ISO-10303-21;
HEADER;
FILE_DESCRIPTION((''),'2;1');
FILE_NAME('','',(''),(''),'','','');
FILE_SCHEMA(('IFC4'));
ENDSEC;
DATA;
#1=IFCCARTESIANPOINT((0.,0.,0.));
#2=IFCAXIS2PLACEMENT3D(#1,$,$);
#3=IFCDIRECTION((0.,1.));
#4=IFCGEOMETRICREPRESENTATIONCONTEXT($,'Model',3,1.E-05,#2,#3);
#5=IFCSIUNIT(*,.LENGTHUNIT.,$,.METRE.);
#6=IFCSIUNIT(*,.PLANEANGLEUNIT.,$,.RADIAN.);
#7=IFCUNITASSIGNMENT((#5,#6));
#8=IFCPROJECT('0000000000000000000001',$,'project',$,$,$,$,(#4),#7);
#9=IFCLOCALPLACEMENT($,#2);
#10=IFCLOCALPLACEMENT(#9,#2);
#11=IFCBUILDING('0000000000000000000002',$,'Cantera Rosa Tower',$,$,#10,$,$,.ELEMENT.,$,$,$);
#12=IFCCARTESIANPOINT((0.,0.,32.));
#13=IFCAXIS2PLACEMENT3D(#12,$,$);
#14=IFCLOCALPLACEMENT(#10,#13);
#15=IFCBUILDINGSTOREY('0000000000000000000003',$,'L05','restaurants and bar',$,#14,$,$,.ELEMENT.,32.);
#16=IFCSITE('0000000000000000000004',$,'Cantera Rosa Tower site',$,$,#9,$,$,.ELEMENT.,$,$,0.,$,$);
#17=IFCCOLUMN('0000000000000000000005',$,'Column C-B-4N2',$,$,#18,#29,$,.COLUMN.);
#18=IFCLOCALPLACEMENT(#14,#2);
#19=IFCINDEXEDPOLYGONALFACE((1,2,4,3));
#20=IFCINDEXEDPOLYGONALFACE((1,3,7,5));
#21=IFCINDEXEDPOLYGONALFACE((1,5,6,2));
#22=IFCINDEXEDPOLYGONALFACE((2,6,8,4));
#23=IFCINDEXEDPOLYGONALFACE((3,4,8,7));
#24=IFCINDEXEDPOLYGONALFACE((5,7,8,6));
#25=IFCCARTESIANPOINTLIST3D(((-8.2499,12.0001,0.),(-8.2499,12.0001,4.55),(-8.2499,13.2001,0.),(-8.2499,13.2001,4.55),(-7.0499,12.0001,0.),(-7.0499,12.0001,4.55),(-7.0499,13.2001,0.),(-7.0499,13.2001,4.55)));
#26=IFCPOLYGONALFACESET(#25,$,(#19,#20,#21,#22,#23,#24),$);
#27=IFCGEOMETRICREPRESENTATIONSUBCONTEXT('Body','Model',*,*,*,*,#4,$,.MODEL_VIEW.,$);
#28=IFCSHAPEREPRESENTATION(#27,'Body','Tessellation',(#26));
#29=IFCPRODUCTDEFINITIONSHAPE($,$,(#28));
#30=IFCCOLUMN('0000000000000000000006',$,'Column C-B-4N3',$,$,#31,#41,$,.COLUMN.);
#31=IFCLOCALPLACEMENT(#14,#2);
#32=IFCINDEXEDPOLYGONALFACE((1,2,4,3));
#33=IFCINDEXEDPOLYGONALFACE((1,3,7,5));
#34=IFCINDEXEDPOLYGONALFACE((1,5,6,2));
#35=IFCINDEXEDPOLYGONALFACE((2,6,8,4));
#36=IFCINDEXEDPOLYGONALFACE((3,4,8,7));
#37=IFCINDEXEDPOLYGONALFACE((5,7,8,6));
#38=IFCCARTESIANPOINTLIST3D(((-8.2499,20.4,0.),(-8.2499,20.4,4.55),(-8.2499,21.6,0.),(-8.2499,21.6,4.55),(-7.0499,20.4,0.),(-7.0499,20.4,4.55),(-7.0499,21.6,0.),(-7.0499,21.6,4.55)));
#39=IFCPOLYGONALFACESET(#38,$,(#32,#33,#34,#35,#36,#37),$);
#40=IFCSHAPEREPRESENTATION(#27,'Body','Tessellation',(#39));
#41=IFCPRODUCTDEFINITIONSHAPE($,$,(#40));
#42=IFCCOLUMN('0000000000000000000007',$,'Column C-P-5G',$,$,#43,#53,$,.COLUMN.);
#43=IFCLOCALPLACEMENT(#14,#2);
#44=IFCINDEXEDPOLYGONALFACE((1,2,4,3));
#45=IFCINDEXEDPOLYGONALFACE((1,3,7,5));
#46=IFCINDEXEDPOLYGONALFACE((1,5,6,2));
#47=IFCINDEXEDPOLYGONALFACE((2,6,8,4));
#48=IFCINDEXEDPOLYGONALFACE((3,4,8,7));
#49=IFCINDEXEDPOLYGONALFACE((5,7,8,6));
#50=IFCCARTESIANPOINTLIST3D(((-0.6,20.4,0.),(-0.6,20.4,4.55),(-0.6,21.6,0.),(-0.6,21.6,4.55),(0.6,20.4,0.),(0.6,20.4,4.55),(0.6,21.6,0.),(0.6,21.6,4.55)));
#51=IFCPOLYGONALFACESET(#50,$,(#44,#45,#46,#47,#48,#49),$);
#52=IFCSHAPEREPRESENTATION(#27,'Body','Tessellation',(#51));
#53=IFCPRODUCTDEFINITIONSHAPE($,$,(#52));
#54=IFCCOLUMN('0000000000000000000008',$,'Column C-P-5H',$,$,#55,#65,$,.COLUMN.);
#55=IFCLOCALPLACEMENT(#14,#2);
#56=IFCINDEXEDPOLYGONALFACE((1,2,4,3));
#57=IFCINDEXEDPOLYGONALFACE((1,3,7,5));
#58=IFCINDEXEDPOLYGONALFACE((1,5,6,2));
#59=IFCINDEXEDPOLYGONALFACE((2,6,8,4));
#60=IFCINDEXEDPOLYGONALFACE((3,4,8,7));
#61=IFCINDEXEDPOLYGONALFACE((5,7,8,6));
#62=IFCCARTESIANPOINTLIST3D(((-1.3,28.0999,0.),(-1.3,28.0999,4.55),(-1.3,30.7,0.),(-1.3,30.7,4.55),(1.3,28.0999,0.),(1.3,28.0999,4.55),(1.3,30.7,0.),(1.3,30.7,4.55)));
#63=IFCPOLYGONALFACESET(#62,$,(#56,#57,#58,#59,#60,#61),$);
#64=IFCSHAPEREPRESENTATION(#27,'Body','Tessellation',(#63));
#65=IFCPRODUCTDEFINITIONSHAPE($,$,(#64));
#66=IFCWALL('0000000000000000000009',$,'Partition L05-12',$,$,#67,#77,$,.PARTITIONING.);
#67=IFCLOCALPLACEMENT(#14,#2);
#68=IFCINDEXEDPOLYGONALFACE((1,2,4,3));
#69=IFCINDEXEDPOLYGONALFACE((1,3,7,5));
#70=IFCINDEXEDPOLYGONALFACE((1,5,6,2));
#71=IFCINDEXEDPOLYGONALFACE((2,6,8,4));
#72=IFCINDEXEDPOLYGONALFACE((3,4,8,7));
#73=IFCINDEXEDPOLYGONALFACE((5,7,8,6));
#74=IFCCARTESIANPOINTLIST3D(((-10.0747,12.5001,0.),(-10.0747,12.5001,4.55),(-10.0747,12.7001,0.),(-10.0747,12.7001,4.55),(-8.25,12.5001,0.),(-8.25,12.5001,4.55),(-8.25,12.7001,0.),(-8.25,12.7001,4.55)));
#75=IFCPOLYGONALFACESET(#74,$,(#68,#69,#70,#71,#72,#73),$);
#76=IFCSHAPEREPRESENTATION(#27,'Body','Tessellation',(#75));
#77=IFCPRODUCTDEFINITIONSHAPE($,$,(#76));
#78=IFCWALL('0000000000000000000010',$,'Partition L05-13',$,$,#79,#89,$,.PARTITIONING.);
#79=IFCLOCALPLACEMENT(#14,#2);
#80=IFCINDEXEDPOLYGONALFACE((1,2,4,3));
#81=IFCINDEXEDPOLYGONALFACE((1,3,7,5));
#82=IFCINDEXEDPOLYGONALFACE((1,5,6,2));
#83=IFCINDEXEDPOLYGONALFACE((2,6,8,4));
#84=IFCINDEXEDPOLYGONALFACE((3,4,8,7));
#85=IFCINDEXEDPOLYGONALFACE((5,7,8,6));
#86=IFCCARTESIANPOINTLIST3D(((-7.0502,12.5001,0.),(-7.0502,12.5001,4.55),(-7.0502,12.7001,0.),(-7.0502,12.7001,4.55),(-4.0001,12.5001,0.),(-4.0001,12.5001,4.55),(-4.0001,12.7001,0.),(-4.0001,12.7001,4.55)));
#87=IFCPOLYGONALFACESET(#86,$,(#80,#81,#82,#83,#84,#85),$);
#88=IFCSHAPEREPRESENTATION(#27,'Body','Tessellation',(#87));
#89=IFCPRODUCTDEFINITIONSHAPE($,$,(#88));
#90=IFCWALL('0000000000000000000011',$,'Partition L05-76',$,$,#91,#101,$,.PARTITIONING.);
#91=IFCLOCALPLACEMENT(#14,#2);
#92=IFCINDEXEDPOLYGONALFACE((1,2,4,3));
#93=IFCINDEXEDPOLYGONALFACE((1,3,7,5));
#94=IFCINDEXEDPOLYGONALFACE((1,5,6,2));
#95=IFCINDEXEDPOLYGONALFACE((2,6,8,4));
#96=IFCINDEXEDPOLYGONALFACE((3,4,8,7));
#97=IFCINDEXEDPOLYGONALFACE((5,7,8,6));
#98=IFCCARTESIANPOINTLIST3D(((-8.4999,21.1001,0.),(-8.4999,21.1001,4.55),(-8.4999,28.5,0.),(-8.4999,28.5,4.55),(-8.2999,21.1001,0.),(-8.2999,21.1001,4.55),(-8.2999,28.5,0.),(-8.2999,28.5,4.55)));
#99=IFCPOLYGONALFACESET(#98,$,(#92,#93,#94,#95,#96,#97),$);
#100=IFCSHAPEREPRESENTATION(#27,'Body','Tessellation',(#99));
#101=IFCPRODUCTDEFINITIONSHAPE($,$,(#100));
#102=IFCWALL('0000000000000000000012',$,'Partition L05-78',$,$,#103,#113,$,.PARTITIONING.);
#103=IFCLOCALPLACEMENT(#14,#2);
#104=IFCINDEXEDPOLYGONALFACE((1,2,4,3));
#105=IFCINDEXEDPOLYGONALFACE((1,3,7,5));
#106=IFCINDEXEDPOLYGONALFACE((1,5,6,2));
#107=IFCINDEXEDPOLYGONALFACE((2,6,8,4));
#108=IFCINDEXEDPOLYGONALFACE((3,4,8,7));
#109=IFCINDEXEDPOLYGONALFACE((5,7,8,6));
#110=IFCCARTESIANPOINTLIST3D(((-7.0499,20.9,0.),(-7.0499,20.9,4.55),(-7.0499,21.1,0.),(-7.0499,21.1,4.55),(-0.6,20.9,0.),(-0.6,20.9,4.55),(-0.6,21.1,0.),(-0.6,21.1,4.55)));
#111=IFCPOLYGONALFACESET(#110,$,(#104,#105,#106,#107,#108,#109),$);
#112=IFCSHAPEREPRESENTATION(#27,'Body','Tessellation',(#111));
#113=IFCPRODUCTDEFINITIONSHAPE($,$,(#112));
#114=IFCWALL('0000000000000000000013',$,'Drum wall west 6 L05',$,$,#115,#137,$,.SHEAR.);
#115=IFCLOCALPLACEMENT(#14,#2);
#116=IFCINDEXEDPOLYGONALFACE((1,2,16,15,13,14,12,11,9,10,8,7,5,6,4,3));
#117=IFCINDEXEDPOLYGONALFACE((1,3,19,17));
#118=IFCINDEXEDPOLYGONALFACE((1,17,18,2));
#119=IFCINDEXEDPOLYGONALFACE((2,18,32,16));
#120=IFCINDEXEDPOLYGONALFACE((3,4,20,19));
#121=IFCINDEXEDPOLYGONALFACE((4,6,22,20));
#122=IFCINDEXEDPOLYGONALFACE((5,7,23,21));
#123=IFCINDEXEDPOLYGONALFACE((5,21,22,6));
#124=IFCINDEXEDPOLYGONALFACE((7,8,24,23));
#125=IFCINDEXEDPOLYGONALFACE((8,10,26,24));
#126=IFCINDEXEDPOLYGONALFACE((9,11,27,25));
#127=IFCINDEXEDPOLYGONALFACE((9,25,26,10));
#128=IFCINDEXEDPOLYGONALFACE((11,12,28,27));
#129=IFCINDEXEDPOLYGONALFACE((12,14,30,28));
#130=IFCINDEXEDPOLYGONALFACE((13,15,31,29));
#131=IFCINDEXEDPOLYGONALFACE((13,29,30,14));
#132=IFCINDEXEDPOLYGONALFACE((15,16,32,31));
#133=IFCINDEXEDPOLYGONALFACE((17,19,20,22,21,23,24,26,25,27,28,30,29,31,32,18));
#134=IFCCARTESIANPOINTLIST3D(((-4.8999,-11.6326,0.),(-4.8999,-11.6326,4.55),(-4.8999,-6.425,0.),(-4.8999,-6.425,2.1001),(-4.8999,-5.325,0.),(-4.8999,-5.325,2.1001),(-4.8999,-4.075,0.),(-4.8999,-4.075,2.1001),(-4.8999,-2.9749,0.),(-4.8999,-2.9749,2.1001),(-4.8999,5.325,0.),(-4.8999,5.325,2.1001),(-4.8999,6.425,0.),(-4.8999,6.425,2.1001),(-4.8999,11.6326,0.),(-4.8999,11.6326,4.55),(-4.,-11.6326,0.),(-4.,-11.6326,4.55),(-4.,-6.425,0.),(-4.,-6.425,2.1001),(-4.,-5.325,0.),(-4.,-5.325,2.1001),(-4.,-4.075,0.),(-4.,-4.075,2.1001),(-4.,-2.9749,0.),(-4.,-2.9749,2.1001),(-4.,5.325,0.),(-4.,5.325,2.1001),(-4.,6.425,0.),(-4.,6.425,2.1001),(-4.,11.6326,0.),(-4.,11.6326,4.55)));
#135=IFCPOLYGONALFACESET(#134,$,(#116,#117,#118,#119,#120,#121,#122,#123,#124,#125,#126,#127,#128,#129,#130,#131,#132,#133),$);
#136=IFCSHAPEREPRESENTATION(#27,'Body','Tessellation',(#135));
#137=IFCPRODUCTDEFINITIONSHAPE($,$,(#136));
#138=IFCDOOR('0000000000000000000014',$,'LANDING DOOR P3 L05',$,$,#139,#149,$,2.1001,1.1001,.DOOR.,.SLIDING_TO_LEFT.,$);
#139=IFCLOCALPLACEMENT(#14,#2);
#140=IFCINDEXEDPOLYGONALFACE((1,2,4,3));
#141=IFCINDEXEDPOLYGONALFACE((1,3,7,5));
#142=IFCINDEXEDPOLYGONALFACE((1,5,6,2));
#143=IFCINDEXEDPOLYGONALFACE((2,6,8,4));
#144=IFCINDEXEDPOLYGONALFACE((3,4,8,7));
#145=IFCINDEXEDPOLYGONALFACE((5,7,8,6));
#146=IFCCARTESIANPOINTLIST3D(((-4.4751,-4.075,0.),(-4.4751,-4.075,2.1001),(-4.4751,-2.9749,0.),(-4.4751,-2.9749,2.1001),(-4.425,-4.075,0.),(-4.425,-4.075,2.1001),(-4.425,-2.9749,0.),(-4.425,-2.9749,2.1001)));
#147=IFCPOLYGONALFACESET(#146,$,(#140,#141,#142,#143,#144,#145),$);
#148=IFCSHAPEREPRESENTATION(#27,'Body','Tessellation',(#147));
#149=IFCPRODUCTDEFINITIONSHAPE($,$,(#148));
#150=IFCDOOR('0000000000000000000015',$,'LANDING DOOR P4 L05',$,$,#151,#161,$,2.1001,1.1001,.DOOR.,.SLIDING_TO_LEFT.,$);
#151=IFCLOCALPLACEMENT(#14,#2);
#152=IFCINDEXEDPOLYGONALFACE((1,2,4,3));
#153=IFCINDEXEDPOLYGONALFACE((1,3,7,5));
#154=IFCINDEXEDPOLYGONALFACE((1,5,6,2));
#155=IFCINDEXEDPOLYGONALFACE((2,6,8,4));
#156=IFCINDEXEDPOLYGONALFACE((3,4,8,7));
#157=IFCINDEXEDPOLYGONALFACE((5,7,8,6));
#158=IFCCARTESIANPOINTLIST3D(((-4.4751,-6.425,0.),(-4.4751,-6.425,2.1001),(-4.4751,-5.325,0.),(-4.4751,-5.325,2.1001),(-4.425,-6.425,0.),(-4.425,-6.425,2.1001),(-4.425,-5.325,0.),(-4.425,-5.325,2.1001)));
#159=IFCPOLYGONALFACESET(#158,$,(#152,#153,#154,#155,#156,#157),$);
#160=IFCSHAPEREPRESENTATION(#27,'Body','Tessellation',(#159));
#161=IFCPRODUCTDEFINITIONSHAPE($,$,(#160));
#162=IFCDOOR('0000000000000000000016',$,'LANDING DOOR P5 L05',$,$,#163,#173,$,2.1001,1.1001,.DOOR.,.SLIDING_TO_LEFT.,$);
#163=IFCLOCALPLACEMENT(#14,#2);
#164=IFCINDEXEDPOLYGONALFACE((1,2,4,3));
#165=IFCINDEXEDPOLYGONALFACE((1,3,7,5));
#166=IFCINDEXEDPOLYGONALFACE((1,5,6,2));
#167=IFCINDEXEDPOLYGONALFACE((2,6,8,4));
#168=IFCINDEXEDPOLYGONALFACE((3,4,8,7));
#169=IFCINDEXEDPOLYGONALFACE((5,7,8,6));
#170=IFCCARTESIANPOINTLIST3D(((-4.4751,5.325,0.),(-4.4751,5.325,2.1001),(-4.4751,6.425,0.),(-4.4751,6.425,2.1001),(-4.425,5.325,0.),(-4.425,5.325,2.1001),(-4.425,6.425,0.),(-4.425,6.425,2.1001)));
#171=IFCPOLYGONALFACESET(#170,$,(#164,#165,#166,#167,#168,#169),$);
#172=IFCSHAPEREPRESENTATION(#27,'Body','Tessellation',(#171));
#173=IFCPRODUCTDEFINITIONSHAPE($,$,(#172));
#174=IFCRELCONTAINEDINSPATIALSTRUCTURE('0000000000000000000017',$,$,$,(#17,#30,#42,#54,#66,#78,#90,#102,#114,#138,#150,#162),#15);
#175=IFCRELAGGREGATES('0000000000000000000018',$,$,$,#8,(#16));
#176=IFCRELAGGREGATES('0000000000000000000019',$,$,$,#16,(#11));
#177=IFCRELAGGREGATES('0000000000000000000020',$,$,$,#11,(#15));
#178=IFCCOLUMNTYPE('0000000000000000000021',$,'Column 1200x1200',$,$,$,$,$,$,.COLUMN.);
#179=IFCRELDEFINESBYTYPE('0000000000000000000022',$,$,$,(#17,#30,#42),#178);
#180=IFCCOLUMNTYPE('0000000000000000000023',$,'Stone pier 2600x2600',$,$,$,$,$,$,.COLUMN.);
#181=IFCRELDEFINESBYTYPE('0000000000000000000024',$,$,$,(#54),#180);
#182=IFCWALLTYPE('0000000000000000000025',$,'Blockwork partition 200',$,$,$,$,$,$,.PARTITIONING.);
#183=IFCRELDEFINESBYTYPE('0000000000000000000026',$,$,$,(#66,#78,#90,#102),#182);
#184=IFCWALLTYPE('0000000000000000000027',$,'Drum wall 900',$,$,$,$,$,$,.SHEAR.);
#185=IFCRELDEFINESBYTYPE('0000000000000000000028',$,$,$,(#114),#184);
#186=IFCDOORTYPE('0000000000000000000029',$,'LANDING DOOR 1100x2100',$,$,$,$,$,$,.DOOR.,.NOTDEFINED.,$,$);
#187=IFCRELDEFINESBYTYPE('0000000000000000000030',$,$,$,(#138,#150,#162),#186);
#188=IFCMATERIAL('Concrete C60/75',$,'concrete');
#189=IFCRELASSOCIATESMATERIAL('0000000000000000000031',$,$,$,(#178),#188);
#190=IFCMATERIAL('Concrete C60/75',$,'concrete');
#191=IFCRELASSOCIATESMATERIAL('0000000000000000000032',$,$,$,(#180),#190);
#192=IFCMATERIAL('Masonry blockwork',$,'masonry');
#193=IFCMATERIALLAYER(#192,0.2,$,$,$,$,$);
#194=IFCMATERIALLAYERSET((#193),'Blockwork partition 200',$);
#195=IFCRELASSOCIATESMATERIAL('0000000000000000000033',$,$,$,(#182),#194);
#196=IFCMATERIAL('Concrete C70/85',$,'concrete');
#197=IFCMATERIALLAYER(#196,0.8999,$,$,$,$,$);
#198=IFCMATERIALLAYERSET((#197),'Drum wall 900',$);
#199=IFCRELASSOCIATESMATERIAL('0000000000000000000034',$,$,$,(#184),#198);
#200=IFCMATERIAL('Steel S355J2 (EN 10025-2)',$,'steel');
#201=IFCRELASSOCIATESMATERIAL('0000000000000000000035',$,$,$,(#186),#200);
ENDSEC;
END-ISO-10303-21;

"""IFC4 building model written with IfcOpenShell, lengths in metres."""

from ifc_helpers import new_model, si_unit, direction, frame, frame_2d, origin, origin_2d, place, context, subcontext, project, spatial, rectangle, extrude, material, layer, layer_set, material_profile, profile_set, type_object, element, fill, save


model = new_model("IFC4")

# Units and contexts
model_context = context("Model", 3, precision=1e-05, world=origin(), true_north=direction((0.0, 1.0)))
body_context = subcontext(model_context, "Body", "Model", "MODEL_VIEW")
ifc_project = project(units=[si_unit("LENGTHUNIT", "METRE"), si_unit("PLANEANGLEUNIT", "RADIAN")], contexts=[model_context])

# Site, building, storey
site_placement = place(None, origin())
site = spatial("IfcSite", under=ifc_project, at=site_placement, Name="Cantera Rosa Tower site", CompositionType="ELEMENT", RefElevation=0.0)
building_placement = place(site_placement, origin())
building = spatial("IfcBuilding", under=site, at=building_placement, Name="Cantera Rosa Tower", CompositionType="ELEMENT")
storey_placement = place(building_placement, frame((0.0, 0.0, 32.0)))
storey = spatial("IfcBuildingStorey", under=building, at=storey_placement, Name="L05", Description="restaurants and bar", CompositionType="ELEMENT", Elevation=32.0)

# Columns
ifc_material_1 = material(Name="Concrete C60/75", Category="concrete")
ifc_material_profile_1 = material_profile(ifc_material_1, rectangle(XDim=1.2, YDim=1.2, at=origin_2d()), Name="Column 1200x1200")
ifc_profile_set_1 = profile_set([ifc_material_profile_1], Name="Concrete C60/75")
column_type_1 = type_object("IfcColumnType", Name="Column 1200x1200", PredefinedType="COLUMN", material=ifc_profile_set_1)
for number, where, z_axis, x_axis, name in (
    (1, (-7.6499, 12.6001, 0.0), (0.0, 0.0, 1.0), (1.0, 0.0, 0.0), "Column C-B-4N2"),
    (2, (-7.6499, 21.0, 0.0), (0.0, 0.0, 1.0), (1.0, 0.0, 0.0), "Column C-B-4N3"),
    (3, (0.0, 21.0, 0.0), (0.0, 0.0, 1.0), (1.0, 0.0, 0.0), "Column C-P-5G"),
):
    element("IfcColumn", number, at=place(storey_placement, frame(where, z_axis=z_axis, x_axis=x_axis)), inside=storey, type_object=column_type_1, Name=name, PredefinedType="COLUMN", context=body_context, shape_type="SweptSolid", body=[
        extrude(rectangle(XDim=1.2, YDim=1.2, at=origin_2d()), origin(), (0.0, 0.0, 1.0), 4.55),
    ])
ifc_material_2 = material(Name="Concrete C60/75", Category="concrete")
ifc_material_profile_2 = material_profile(ifc_material_2, rectangle(XDim=2.6001, YDim=2.6001, at=origin_2d()), Name="Stone pier 2600x2600")
ifc_profile_set_2 = profile_set([ifc_material_profile_2], Name="Concrete C60/75")
column_type_2 = type_object("IfcColumnType", Name="Stone pier 2600x2600", PredefinedType="COLUMN", material=ifc_profile_set_2)
column_placement = place(storey_placement, frame((0.0, 29.3999, 0.0), z_axis=(0.0, 0.0, 1.0), x_axis=(1.0, 0.0, 0.0)))
element("IfcColumn", 4, at=column_placement, inside=storey, type_object=column_type_2, Name="Column C-P-5H", PredefinedType="COLUMN", context=body_context, shape_type="SweptSolid", body=[
    extrude(rectangle(XDim=2.6001, YDim=2.6001, at=origin_2d()), origin(), (0.0, 0.0, 1.0), 4.55),
])

# Walls
ifc_material_3 = material(Name="Masonry blockwork", Category="masonry")
ifc_layer_1 = layer(ifc_material_3, 0.2)
ifc_layer_set_1 = layer_set([ifc_layer_1], Name="Blockwork partition 200")
wall_type_1 = type_object("IfcWallType", Name="Blockwork partition 200", PredefinedType="PARTITIONING", material=ifc_layer_set_1)
wall_1_placement = place(storey_placement, frame((-10.0747, 12.6001, 0.0), z_axis=(0.0, 0.0, 1.0), x_axis=(1.0, 0.0, 0.0)))
element("IfcWall", 5, at=wall_1_placement, inside=storey, type_object=wall_type_1, Name="Partition L05-12", PredefinedType="PARTITIONING", context=body_context, shape_type="SweptSolid", body=[
    extrude(rectangle(XDim=1.8247, YDim=0.2, at=frame_2d((0.9124, 0.0))), origin(), (0.0, 0.0, 1.0), 4.55),
])
wall_2_placement = place(storey_placement, frame((-7.05, 12.6001, 0.0), z_axis=(0.0, 0.0, 1.0), x_axis=(1.0, 0.0, 0.0)))
element("IfcWall", 6, at=wall_2_placement, inside=storey, type_object=wall_type_1, Name="Partition L05-13", PredefinedType="PARTITIONING", context=body_context, shape_type="SweptSolid", body=[
    extrude(rectangle(XDim=3.05, YDim=0.2, at=frame_2d((1.5249, 0.0))), origin(), (0.0, 0.0, 1.0), 4.55),
])
wall_3_placement = place(storey_placement, frame((-8.3999, 21.1001, 0.0), z_axis=(0.0, 0.0, 1.0), x_axis=(0.0, 1.0, 0.0)))
element("IfcWall", 7, at=wall_3_placement, inside=storey, type_object=wall_type_1, Name="Partition L05-76", PredefinedType="PARTITIONING", context=body_context, shape_type="SweptSolid", body=[
    extrude(rectangle(XDim=7.3999, YDim=0.2, at=frame_2d((3.7, 0.0))), origin(), (0.0, 0.0, 1.0), 4.55),
])
wall_4_placement = place(storey_placement, frame((-7.05, 21.0, 0.0), z_axis=(0.0, 0.0, 1.0), x_axis=(1.0, 0.0, 0.0)))
element("IfcWall", 8, at=wall_4_placement, inside=storey, type_object=wall_type_1, Name="Partition L05-78", PredefinedType="PARTITIONING", context=body_context, shape_type="SweptSolid", body=[
    extrude(rectangle(XDim=6.45, YDim=0.2, at=frame_2d((3.2251, 0.0))), origin(), (0.0, 0.0, 1.0), 4.55),
])

# Wall, openings, doors
ifc_material_4 = material(Name="Concrete C70/85", Category="concrete")
ifc_layer_2 = layer(ifc_material_4, 0.8999)
ifc_layer_set_2 = layer_set([ifc_layer_2], Name="Drum wall 900")
wall_type_2 = type_object("IfcWallType", Name="Drum wall 900", PredefinedType="SHEAR", material=ifc_layer_set_2)
wall_5_placement = place(storey_placement, frame((-4.45, 11.6326, 0.0), z_axis=(0.0, 0.0, 1.0), x_axis=(0.0, -1.0, 0.0)))
wall_5 = element("IfcWall", 9, at=wall_5_placement, inside=storey, type_object=wall_type_2, Name="Drum wall west 6 L05", PredefinedType="SHEAR", context=body_context, shape_type="SweptSolid", body=[
    extrude(rectangle(XDim=23.2651, YDim=0.8999, at=frame_2d((11.6326, 0.0))), origin(), (0.0, 0.0, 1.0), 4.55),
])
opening_1_placement = place(wall_5_placement, frame((14.6074, 0.0, 0.0)))
opening_1 = element("IfcOpeningElement", 10, at=opening_1_placement, cuts=wall_5, PredefinedType="OPENING", context=body_context, shape_type="SweptSolid", body=[
    extrude(rectangle(XDim=1.1001, YDim=2.1001, at=frame_2d((0.55, 1.05))), frame((0.0, 0.46, 0.0), z_axis=(0.0, -1.0, 0.0), x_axis=(1.0, 0.0, 0.0)), (0.0, 0.0, 1.0), 0.9199),
])
opening_2_placement = place(wall_5_placement, frame((16.9575, 0.0, 0.0)))
opening_2 = element("IfcOpeningElement", 11, at=opening_2_placement, cuts=wall_5, PredefinedType="OPENING", context=body_context, shape_type="SweptSolid", body=[
    extrude(rectangle(XDim=1.1001, YDim=2.1001, at=frame_2d((0.55, 1.05))), frame((0.0, 0.46, 0.0), z_axis=(0.0, -1.0, 0.0), x_axis=(1.0, 0.0, 0.0)), (0.0, 0.0, 1.0), 0.9199),
])
opening_3_placement = place(wall_5_placement, frame((5.2075, 0.0, 0.0)))
opening_3 = element("IfcOpeningElement", 12, at=opening_3_placement, cuts=wall_5, PredefinedType="OPENING", context=body_context, shape_type="SweptSolid", body=[
    extrude(rectangle(XDim=1.1001, YDim=2.1001, at=frame_2d((0.55, 1.05))), frame((0.0, 0.46, 0.0), z_axis=(0.0, -1.0, 0.0), x_axis=(1.0, 0.0, 0.0)), (0.0, 0.0, 1.0), 0.9199),
])
ifc_material_5 = material(Name="Steel S355J2 (EN 10025-2)", Category="steel")
door_type = type_object("IfcDoorType", Name="LANDING DOOR 1100x2100", OperationType="NOTDEFINED", PredefinedType="DOOR", material=ifc_material_5)
door_1_placement = place(opening_1_placement, origin())
door_1 = element("IfcDoor", 13, at=door_1_placement, inside=storey, type_object=door_type, Name="LANDING DOOR P3 L05", OperationType="SLIDING_TO_LEFT", OverallHeight=2.1001, OverallWidth=1.1001, PredefinedType="DOOR", context=body_context, shape_type="SweptSolid", body=[
    extrude(rectangle(XDim=1.1001, YDim=2.1001, at=frame_2d((0.55, 1.05))), frame((0.0, 0.0249, 0.0), z_axis=(0.0, -1.0, 0.0), x_axis=(1.0, 0.0, 0.0)), (0.0, 0.0, 1.0), 0.05),
])
fill(opening_1, door_1)
door_2_placement = place(opening_2_placement, origin())
door_2 = element("IfcDoor", 14, at=door_2_placement, inside=storey, type_object=door_type, Name="LANDING DOOR P4 L05", OperationType="SLIDING_TO_LEFT", OverallHeight=2.1001, OverallWidth=1.1001, PredefinedType="DOOR", context=body_context, shape_type="SweptSolid", body=[
    extrude(rectangle(XDim=1.1001, YDim=2.1001, at=frame_2d((0.55, 1.05))), frame((0.0, 0.0249, 0.0), z_axis=(0.0, -1.0, 0.0), x_axis=(1.0, 0.0, 0.0)), (0.0, 0.0, 1.0), 0.05),
])
fill(opening_2, door_2)
door_3_placement = place(opening_3_placement, origin())
door_3 = element("IfcDoor", 15, at=door_3_placement, inside=storey, type_object=door_type, Name="LANDING DOOR P5 L05", OperationType="SLIDING_TO_LEFT", OverallHeight=2.1001, OverallWidth=1.1001, PredefinedType="DOOR", context=body_context, shape_type="SweptSolid", body=[
    extrude(rectangle(XDim=1.1001, YDim=2.1001, at=frame_2d((0.55, 1.05))), frame((0.0, 0.0249, 0.0), z_axis=(0.0, -1.0, 0.0), x_axis=(1.0, 0.0, 0.0)), (0.0, 0.0, 1.0), 0.05),
])
fill(opening_3, door_3)

save(model, "model.ifc")
